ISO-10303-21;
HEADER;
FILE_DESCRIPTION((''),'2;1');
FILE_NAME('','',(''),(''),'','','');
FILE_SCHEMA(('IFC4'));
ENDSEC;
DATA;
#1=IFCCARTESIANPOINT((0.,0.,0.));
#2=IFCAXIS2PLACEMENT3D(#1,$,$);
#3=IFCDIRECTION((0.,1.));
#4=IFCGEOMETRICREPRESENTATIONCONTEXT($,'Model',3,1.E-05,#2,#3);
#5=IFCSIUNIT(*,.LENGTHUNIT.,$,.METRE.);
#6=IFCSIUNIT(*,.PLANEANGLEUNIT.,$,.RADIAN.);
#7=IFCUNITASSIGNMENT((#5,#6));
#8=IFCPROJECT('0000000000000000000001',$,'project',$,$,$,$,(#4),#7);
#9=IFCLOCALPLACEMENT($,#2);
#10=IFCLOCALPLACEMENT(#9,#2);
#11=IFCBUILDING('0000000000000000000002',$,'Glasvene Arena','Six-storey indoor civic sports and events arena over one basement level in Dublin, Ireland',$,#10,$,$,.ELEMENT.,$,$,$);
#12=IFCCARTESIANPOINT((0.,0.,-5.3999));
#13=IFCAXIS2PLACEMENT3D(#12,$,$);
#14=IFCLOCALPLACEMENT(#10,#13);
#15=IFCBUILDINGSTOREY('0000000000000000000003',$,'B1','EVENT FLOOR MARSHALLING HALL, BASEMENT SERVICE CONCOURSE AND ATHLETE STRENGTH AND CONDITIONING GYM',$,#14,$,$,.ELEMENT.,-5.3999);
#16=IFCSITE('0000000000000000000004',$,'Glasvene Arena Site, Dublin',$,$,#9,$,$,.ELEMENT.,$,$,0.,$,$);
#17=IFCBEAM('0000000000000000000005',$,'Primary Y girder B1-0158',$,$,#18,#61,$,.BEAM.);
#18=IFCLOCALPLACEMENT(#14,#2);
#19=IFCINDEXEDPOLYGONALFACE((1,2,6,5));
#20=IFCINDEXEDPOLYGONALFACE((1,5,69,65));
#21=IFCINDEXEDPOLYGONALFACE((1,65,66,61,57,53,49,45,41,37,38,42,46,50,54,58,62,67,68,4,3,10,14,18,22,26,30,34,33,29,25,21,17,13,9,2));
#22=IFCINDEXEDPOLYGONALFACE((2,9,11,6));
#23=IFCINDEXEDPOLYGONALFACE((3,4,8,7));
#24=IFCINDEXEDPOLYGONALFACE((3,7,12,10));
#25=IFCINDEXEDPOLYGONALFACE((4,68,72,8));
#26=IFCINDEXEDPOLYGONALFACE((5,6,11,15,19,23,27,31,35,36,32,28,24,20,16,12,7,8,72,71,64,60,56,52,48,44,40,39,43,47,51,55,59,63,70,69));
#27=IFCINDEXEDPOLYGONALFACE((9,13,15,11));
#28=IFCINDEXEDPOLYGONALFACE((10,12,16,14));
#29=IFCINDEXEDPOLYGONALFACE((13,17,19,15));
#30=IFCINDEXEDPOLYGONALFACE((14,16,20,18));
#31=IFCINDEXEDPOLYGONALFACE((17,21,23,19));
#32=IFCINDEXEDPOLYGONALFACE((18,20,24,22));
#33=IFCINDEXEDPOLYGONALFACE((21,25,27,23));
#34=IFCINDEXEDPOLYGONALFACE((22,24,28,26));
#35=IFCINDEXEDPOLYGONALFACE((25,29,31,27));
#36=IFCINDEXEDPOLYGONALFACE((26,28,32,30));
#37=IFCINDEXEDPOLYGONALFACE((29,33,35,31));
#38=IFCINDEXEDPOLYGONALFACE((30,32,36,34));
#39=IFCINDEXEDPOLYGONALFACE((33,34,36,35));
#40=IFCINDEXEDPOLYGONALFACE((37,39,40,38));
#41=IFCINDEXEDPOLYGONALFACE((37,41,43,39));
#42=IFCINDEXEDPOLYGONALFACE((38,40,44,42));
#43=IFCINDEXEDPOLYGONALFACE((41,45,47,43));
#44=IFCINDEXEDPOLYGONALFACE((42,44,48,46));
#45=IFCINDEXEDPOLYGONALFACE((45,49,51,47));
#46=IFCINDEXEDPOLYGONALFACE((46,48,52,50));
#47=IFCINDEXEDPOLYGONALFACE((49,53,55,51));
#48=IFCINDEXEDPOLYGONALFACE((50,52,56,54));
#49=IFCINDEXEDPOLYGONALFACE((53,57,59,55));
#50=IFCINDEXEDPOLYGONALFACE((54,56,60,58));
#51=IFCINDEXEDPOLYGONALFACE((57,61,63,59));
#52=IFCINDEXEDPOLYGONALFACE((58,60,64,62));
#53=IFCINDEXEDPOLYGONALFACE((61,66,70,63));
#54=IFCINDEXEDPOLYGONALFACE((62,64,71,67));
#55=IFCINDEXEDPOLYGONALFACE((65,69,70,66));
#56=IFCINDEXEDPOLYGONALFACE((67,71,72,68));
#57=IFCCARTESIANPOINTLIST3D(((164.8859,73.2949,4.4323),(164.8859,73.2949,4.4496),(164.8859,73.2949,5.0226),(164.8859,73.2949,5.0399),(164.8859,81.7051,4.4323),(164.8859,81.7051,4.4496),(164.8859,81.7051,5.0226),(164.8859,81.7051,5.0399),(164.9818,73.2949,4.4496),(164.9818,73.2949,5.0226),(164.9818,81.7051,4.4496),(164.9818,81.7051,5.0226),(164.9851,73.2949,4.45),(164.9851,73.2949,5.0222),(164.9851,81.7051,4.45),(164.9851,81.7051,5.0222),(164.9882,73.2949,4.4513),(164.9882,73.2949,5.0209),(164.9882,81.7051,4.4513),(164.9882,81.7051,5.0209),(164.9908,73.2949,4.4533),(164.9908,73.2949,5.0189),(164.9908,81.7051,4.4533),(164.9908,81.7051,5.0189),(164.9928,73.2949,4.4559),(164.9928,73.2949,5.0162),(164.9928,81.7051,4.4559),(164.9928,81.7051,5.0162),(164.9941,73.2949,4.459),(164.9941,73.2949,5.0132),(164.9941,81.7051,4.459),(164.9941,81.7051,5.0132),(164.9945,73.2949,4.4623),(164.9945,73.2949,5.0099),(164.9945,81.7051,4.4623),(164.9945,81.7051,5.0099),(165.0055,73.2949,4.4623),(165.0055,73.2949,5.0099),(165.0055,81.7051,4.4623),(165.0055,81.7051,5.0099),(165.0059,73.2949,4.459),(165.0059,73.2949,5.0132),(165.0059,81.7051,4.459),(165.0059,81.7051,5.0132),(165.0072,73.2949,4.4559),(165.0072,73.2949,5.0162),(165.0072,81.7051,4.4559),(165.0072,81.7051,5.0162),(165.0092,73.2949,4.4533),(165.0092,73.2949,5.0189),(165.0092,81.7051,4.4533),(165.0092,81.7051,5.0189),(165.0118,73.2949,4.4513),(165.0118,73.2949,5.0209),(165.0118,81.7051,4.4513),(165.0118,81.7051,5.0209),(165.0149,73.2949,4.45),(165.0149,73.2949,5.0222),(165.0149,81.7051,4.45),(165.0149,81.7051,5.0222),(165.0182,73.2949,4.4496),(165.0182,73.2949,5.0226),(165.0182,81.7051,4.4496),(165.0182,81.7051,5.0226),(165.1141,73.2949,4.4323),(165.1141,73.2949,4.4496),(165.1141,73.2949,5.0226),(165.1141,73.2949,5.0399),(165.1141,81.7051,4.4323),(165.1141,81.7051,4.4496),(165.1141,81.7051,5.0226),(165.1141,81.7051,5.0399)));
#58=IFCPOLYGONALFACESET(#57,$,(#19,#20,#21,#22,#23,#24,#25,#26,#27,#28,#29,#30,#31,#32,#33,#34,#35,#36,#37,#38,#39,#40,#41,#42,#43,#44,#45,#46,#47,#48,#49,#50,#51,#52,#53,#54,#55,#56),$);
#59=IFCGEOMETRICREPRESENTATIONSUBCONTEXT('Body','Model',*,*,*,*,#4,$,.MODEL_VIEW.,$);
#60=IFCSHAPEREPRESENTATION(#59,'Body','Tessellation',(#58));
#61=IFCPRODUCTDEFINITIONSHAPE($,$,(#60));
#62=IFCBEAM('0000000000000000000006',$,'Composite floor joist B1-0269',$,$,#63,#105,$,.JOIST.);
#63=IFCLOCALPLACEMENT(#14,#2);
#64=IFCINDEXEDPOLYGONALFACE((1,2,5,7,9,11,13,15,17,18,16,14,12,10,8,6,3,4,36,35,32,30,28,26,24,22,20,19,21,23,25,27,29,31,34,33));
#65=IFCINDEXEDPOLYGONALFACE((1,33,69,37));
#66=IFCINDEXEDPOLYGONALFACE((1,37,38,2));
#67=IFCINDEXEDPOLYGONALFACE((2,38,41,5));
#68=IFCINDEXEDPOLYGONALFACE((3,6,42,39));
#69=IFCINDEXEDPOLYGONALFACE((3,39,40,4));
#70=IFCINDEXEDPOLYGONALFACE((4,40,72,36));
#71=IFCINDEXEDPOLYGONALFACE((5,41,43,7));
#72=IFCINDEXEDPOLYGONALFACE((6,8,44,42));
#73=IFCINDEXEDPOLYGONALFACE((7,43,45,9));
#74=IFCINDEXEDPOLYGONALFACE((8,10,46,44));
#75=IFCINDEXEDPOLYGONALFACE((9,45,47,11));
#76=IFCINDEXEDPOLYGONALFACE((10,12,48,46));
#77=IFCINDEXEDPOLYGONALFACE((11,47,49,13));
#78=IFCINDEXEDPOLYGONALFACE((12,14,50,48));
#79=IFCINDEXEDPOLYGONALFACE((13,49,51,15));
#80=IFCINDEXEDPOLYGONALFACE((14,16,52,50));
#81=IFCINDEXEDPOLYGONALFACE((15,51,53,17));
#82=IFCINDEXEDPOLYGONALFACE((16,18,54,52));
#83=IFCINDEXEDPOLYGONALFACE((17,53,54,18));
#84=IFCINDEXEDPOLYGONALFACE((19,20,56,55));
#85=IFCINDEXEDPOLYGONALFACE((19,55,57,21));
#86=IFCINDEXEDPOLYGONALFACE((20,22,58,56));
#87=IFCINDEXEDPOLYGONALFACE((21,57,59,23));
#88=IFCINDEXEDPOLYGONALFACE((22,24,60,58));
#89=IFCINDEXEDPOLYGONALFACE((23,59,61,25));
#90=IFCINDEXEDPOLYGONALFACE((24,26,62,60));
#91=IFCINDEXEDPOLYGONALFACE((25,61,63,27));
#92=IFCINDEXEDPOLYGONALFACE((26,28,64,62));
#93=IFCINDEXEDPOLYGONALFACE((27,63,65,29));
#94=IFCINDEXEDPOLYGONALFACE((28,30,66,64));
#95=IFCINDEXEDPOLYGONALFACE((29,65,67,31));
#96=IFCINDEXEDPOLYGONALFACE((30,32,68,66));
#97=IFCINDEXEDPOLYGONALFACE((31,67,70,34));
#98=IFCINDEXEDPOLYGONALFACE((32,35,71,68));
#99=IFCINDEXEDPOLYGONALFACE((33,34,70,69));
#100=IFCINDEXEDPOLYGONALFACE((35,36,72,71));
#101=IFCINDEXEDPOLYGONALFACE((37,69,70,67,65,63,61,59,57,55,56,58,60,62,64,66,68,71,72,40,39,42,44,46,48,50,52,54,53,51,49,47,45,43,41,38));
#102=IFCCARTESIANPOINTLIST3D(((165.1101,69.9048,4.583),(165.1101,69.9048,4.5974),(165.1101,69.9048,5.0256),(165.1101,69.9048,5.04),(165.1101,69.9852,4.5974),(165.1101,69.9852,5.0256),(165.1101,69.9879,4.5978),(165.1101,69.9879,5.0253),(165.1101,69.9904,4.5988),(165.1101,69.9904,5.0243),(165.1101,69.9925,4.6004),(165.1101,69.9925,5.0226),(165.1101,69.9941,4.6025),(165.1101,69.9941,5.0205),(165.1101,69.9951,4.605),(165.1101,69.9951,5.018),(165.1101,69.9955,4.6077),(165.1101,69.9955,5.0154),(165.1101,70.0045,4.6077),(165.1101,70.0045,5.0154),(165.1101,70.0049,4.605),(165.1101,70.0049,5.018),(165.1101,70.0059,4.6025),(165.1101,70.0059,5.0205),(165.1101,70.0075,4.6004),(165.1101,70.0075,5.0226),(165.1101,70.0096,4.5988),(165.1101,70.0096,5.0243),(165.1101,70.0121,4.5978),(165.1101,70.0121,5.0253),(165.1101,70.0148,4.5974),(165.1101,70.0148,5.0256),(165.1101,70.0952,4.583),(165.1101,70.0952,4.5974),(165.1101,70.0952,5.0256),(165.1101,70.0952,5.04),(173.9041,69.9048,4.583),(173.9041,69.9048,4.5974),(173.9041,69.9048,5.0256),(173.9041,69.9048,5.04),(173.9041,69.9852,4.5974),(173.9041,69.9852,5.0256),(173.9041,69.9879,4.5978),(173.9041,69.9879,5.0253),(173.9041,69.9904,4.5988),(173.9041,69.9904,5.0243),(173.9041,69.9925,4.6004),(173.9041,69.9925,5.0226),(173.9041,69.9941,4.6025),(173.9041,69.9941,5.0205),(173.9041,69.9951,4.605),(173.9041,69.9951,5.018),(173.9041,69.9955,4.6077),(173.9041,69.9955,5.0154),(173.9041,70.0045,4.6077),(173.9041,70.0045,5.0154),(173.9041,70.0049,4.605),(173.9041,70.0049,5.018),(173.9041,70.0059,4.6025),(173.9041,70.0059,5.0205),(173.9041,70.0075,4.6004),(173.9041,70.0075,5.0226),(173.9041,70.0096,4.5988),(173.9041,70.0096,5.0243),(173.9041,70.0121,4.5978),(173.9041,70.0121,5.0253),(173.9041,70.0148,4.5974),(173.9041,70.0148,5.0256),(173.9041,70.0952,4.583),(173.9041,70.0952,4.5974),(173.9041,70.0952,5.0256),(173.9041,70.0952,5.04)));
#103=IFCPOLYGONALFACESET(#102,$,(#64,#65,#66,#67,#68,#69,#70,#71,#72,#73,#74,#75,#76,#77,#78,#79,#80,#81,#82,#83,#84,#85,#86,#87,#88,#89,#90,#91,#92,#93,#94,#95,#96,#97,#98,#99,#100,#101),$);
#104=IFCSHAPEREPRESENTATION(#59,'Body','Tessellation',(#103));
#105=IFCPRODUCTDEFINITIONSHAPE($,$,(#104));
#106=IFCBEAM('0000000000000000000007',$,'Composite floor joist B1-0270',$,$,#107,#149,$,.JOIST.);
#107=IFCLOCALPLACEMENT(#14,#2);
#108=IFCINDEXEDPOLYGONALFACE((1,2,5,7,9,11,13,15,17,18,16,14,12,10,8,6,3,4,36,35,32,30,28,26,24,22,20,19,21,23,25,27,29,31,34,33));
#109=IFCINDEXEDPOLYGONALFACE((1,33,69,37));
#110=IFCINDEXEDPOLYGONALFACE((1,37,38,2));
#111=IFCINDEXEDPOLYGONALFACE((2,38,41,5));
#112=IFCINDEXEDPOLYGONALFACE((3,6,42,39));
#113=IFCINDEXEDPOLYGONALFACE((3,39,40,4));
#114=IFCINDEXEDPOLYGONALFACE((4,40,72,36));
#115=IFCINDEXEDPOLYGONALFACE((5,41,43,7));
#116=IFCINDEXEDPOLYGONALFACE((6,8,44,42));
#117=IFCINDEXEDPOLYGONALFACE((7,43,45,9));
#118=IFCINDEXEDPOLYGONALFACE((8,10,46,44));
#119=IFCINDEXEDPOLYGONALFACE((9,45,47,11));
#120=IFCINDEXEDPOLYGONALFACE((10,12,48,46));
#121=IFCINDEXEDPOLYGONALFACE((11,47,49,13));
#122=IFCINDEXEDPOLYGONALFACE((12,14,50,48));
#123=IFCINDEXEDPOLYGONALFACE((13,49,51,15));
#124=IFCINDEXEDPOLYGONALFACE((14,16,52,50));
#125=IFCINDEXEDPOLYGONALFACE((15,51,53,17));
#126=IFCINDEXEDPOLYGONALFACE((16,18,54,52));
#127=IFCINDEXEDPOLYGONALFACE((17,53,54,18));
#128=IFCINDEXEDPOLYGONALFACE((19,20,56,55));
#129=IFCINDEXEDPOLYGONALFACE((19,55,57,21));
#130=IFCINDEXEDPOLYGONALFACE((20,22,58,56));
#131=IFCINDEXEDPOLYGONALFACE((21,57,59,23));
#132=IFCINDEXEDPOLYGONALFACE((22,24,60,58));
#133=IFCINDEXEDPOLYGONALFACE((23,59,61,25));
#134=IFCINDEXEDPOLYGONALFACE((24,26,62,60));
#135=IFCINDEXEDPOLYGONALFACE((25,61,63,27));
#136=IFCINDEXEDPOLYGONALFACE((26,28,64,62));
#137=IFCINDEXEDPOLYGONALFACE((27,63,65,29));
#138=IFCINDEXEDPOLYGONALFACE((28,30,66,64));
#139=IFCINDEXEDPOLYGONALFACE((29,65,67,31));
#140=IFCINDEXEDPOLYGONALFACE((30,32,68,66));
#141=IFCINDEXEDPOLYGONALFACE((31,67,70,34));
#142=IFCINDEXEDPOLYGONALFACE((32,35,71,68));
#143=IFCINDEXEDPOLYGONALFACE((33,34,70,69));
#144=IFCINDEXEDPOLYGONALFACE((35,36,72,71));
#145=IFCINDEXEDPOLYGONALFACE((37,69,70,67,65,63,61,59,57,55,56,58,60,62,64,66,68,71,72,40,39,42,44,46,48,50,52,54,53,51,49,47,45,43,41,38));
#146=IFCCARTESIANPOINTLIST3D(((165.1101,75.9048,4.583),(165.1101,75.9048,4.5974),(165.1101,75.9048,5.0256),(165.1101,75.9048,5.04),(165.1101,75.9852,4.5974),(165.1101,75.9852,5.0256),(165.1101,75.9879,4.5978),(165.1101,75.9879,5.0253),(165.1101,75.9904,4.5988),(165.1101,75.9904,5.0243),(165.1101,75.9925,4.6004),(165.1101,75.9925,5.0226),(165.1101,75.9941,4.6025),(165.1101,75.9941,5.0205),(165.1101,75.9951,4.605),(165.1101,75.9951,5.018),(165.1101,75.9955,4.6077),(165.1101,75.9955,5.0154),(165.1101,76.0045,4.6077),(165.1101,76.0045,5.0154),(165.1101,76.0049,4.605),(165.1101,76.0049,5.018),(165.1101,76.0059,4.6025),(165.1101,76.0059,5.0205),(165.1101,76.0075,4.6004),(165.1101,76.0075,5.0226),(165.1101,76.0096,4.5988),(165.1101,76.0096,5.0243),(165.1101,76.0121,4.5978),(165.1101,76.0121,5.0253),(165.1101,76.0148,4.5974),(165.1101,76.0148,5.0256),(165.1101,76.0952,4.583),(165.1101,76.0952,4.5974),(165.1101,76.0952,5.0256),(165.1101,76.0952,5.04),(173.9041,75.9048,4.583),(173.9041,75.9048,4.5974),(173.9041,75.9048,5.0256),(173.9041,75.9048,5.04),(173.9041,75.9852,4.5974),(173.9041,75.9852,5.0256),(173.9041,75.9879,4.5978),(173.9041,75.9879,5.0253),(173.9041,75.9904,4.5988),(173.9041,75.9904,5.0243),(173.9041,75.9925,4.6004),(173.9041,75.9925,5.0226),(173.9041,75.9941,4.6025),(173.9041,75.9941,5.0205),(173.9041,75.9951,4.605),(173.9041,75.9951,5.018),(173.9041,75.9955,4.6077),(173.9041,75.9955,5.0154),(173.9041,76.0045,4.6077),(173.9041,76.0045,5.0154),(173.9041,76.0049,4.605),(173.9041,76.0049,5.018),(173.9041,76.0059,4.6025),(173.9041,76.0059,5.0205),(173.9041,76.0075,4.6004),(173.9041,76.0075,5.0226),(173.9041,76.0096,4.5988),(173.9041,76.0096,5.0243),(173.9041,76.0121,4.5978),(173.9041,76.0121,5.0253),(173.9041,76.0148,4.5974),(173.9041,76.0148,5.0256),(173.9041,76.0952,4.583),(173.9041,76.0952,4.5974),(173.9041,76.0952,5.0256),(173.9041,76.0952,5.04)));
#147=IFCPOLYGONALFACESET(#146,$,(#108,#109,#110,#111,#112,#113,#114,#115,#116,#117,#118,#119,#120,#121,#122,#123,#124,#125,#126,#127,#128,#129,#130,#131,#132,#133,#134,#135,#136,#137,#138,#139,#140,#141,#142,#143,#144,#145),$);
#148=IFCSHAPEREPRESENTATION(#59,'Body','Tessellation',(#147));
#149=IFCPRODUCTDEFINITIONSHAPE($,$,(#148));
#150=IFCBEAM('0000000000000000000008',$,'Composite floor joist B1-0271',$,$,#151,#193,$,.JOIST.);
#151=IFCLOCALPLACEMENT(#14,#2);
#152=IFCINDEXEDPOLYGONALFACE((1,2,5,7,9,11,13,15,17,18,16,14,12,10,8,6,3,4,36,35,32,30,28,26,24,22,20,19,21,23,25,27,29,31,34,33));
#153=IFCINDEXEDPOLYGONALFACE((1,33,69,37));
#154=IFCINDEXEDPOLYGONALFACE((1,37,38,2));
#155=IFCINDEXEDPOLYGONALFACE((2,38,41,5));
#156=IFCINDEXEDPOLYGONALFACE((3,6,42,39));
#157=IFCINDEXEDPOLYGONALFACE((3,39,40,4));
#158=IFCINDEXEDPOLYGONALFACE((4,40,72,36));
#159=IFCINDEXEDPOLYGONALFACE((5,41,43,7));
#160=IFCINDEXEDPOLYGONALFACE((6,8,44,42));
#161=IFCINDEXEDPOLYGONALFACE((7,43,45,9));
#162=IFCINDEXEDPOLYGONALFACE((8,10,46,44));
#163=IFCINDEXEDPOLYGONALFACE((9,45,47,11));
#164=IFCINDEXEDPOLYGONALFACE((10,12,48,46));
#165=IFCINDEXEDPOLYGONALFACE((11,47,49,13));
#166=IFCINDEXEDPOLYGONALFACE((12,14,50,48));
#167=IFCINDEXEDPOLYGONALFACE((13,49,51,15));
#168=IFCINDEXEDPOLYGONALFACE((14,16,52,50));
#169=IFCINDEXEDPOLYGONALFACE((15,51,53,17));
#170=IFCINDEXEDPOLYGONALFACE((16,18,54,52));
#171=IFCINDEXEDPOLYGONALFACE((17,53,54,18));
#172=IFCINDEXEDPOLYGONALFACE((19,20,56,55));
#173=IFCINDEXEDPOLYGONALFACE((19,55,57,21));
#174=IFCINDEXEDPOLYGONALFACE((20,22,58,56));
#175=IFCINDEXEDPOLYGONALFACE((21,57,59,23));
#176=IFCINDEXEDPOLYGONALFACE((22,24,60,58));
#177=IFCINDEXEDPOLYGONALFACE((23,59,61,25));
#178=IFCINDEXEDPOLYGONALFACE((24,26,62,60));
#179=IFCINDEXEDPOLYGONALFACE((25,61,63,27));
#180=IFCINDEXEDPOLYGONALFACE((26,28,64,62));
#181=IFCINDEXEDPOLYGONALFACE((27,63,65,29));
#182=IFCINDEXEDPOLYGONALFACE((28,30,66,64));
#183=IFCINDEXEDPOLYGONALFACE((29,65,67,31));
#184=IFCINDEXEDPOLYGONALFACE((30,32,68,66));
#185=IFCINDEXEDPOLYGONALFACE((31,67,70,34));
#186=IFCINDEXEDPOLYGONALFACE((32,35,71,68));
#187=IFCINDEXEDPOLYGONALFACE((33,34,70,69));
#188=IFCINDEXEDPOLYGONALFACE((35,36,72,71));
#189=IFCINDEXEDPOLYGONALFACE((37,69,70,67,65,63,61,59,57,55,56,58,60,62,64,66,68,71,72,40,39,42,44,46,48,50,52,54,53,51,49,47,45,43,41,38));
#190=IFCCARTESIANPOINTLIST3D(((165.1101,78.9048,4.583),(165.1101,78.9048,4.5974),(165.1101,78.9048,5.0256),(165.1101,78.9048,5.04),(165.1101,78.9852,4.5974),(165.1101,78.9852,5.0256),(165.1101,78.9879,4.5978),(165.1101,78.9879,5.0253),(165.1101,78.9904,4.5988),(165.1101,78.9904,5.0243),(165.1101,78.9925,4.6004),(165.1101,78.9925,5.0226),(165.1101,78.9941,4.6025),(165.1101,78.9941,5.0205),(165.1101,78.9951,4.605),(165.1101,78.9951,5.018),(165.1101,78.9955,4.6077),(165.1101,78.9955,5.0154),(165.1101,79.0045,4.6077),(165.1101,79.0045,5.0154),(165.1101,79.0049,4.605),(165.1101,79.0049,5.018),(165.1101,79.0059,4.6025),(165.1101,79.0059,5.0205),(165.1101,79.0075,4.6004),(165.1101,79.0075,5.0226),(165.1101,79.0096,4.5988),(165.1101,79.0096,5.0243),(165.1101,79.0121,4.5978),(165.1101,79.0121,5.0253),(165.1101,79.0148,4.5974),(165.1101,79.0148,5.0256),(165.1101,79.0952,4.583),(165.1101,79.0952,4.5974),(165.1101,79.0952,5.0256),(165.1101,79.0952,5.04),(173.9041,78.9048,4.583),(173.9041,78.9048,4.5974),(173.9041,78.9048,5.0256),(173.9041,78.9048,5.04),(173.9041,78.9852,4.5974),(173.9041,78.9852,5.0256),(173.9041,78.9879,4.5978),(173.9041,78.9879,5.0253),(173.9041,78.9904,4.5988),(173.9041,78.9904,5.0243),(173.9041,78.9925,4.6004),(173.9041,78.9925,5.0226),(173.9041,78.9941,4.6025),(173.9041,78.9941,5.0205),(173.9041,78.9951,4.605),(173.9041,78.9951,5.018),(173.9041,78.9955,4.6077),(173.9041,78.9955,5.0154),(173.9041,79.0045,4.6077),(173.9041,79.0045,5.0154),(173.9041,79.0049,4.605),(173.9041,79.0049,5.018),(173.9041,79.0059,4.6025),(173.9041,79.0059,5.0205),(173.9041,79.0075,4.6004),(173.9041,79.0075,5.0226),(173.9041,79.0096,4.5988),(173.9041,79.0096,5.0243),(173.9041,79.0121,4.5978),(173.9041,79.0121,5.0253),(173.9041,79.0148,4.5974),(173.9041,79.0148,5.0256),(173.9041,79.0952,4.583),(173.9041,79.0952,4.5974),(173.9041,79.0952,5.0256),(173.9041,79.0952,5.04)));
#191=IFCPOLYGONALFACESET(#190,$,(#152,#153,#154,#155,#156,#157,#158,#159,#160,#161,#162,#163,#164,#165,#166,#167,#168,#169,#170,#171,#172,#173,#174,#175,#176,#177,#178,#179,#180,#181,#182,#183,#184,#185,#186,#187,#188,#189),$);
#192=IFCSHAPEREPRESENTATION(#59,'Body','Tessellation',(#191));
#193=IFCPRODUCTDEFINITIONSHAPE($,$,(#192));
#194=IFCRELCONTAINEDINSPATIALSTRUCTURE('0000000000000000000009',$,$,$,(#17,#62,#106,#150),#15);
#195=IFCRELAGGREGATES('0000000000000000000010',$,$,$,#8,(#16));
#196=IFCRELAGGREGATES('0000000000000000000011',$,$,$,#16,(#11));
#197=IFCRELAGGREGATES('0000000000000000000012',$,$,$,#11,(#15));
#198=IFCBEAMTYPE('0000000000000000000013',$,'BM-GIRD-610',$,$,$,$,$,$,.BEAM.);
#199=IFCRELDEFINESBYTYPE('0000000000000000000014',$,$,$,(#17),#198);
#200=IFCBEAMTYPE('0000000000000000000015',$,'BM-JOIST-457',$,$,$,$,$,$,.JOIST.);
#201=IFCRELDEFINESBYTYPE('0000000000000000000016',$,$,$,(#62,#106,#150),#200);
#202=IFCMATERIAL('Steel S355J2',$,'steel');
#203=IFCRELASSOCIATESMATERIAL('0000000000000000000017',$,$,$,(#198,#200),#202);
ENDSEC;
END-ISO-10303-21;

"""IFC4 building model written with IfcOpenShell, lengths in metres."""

from ifc_helpers import new_model, si_unit, direction, frame, origin, origin_2d, place, context, subcontext, project, spatial, i_section, extrude, material, material_profile, profile_set, type_object, element, save


model = new_model("IFC4")

# Units and contexts
model_context = context("Model", 3, precision=1e-05, world=origin(), true_north=direction((0.0, 1.0)))
body_context = subcontext(model_context, "Body", "Model", "MODEL_VIEW")
ifc_project = project(units=[si_unit("LENGTHUNIT", "METRE"), si_unit("PLANEANGLEUNIT", "RADIAN")], contexts=[model_context])

# Site, building, storey
site_placement = place(None, origin())
site = spatial("IfcSite", under=ifc_project, at=site_placement, Name="Glasvene Arena Site, Dublin", CompositionType="ELEMENT", RefElevation=0.0)
building_placement = place(site_placement, origin())
building = spatial("IfcBuilding", under=site, at=building_placement, Name="Glasvene Arena", Description="Six-storey indoor civic sports and events arena over one basement level in Dublin, Ireland", CompositionType="ELEMENT")
storey_placement = place(building_placement, frame((0.0, 0.0, -5.3999)))
storey = spatial("IfcBuildingStorey", under=building, at=storey_placement, Name="B1", Description="EVENT FLOOR MARSHALLING HALL, BASEMENT SERVICE CONCOURSE AND ATHLETE STRENGTH AND CONDITIONING GYM", CompositionType="ELEMENT", Elevation=-5.3999)

# Beams
ifc_material_1 = material(Name="Steel S355J2", Category="steel")
ifc_material_profile_1 = material_profile(ifc_material_1, i_section(OverallWidth=0.2283, OverallDepth=0.6077, WebThickness=0.011, FlangeThickness=0.0173, FilletRadius=0.0127, at=origin_2d()), Name="UKB 610x229x113")
ifc_profile_set_1 = profile_set([ifc_material_profile_1], Name="Steel S355J2")
beam_type_1 = type_object("IfcBeamType", Name="BM-GIRD-610", PredefinedType="BEAM", material=ifc_profile_set_1)
beam_1_placement = place(storey_placement, frame((165.0, 73.2949, 4.7361), z_axis=(0.0, 1.0, 0.0), x_axis=(-1.0, 0.0, 0.0)))
element("IfcBeam", 1, at=beam_1_placement, inside=storey, type_object=beam_type_1, Name="Primary Y girder B1-0158", PredefinedType="BEAM", context=body_context, shape_type="SweptSolid", body=[
    extrude(i_section(OverallWidth=0.2283, OverallDepth=0.6077, WebThickness=0.011, FlangeThickness=0.0173, FilletRadius=0.0127, at=origin_2d()), origin(), (0.0, 0.0, 1.0), 8.4102),
])
ifc_material_profile_2 = material_profile(ifc_material_1, i_section(OverallWidth=0.1904, OverallDepth=0.457, WebThickness=0.009, FlangeThickness=0.0144, FilletRadius=0.0103, at=origin_2d()), Name="UKB 457x191x74")
ifc_profile_set_2 = profile_set([ifc_material_profile_2], Name="Steel S355J2")
beam_type_2 = type_object("IfcBeamType", Name="BM-JOIST-457", PredefinedType="JOIST", material=ifc_profile_set_2)
for number, where, z_axis, x_axis, name in (
    (2, (165.1101, 70.0, 4.8115), (1.0, 0.0, 0.0), (0.0, 1.0, 0.0), "Composite floor joist B1-0269"),
    (3, (165.1101, 76.0, 4.8115), (1.0, 0.0, 0.0), (0.0, 1.0, 0.0), "Composite floor joist B1-0270"),
    (4, (165.1101, 79.0, 4.8115), (1.0, 0.0, 0.0), (0.0, 1.0, 0.0), "Composite floor joist B1-0271"),
):
    element("IfcBeam", number, at=place(storey_placement, frame(where, z_axis=z_axis, x_axis=x_axis)), inside=storey, type_object=beam_type_2, Name=name, PredefinedType="JOIST", context=body_context, shape_type="SweptSolid", body=[
        extrude(i_section(OverallWidth=0.1904, OverallDepth=0.457, WebThickness=0.009, FlangeThickness=0.0144, FilletRadius=0.0103, at=origin_2d()), origin(), (0.0, 0.0, 1.0), 8.7939),
    ])

save(model, "model.ifc")
